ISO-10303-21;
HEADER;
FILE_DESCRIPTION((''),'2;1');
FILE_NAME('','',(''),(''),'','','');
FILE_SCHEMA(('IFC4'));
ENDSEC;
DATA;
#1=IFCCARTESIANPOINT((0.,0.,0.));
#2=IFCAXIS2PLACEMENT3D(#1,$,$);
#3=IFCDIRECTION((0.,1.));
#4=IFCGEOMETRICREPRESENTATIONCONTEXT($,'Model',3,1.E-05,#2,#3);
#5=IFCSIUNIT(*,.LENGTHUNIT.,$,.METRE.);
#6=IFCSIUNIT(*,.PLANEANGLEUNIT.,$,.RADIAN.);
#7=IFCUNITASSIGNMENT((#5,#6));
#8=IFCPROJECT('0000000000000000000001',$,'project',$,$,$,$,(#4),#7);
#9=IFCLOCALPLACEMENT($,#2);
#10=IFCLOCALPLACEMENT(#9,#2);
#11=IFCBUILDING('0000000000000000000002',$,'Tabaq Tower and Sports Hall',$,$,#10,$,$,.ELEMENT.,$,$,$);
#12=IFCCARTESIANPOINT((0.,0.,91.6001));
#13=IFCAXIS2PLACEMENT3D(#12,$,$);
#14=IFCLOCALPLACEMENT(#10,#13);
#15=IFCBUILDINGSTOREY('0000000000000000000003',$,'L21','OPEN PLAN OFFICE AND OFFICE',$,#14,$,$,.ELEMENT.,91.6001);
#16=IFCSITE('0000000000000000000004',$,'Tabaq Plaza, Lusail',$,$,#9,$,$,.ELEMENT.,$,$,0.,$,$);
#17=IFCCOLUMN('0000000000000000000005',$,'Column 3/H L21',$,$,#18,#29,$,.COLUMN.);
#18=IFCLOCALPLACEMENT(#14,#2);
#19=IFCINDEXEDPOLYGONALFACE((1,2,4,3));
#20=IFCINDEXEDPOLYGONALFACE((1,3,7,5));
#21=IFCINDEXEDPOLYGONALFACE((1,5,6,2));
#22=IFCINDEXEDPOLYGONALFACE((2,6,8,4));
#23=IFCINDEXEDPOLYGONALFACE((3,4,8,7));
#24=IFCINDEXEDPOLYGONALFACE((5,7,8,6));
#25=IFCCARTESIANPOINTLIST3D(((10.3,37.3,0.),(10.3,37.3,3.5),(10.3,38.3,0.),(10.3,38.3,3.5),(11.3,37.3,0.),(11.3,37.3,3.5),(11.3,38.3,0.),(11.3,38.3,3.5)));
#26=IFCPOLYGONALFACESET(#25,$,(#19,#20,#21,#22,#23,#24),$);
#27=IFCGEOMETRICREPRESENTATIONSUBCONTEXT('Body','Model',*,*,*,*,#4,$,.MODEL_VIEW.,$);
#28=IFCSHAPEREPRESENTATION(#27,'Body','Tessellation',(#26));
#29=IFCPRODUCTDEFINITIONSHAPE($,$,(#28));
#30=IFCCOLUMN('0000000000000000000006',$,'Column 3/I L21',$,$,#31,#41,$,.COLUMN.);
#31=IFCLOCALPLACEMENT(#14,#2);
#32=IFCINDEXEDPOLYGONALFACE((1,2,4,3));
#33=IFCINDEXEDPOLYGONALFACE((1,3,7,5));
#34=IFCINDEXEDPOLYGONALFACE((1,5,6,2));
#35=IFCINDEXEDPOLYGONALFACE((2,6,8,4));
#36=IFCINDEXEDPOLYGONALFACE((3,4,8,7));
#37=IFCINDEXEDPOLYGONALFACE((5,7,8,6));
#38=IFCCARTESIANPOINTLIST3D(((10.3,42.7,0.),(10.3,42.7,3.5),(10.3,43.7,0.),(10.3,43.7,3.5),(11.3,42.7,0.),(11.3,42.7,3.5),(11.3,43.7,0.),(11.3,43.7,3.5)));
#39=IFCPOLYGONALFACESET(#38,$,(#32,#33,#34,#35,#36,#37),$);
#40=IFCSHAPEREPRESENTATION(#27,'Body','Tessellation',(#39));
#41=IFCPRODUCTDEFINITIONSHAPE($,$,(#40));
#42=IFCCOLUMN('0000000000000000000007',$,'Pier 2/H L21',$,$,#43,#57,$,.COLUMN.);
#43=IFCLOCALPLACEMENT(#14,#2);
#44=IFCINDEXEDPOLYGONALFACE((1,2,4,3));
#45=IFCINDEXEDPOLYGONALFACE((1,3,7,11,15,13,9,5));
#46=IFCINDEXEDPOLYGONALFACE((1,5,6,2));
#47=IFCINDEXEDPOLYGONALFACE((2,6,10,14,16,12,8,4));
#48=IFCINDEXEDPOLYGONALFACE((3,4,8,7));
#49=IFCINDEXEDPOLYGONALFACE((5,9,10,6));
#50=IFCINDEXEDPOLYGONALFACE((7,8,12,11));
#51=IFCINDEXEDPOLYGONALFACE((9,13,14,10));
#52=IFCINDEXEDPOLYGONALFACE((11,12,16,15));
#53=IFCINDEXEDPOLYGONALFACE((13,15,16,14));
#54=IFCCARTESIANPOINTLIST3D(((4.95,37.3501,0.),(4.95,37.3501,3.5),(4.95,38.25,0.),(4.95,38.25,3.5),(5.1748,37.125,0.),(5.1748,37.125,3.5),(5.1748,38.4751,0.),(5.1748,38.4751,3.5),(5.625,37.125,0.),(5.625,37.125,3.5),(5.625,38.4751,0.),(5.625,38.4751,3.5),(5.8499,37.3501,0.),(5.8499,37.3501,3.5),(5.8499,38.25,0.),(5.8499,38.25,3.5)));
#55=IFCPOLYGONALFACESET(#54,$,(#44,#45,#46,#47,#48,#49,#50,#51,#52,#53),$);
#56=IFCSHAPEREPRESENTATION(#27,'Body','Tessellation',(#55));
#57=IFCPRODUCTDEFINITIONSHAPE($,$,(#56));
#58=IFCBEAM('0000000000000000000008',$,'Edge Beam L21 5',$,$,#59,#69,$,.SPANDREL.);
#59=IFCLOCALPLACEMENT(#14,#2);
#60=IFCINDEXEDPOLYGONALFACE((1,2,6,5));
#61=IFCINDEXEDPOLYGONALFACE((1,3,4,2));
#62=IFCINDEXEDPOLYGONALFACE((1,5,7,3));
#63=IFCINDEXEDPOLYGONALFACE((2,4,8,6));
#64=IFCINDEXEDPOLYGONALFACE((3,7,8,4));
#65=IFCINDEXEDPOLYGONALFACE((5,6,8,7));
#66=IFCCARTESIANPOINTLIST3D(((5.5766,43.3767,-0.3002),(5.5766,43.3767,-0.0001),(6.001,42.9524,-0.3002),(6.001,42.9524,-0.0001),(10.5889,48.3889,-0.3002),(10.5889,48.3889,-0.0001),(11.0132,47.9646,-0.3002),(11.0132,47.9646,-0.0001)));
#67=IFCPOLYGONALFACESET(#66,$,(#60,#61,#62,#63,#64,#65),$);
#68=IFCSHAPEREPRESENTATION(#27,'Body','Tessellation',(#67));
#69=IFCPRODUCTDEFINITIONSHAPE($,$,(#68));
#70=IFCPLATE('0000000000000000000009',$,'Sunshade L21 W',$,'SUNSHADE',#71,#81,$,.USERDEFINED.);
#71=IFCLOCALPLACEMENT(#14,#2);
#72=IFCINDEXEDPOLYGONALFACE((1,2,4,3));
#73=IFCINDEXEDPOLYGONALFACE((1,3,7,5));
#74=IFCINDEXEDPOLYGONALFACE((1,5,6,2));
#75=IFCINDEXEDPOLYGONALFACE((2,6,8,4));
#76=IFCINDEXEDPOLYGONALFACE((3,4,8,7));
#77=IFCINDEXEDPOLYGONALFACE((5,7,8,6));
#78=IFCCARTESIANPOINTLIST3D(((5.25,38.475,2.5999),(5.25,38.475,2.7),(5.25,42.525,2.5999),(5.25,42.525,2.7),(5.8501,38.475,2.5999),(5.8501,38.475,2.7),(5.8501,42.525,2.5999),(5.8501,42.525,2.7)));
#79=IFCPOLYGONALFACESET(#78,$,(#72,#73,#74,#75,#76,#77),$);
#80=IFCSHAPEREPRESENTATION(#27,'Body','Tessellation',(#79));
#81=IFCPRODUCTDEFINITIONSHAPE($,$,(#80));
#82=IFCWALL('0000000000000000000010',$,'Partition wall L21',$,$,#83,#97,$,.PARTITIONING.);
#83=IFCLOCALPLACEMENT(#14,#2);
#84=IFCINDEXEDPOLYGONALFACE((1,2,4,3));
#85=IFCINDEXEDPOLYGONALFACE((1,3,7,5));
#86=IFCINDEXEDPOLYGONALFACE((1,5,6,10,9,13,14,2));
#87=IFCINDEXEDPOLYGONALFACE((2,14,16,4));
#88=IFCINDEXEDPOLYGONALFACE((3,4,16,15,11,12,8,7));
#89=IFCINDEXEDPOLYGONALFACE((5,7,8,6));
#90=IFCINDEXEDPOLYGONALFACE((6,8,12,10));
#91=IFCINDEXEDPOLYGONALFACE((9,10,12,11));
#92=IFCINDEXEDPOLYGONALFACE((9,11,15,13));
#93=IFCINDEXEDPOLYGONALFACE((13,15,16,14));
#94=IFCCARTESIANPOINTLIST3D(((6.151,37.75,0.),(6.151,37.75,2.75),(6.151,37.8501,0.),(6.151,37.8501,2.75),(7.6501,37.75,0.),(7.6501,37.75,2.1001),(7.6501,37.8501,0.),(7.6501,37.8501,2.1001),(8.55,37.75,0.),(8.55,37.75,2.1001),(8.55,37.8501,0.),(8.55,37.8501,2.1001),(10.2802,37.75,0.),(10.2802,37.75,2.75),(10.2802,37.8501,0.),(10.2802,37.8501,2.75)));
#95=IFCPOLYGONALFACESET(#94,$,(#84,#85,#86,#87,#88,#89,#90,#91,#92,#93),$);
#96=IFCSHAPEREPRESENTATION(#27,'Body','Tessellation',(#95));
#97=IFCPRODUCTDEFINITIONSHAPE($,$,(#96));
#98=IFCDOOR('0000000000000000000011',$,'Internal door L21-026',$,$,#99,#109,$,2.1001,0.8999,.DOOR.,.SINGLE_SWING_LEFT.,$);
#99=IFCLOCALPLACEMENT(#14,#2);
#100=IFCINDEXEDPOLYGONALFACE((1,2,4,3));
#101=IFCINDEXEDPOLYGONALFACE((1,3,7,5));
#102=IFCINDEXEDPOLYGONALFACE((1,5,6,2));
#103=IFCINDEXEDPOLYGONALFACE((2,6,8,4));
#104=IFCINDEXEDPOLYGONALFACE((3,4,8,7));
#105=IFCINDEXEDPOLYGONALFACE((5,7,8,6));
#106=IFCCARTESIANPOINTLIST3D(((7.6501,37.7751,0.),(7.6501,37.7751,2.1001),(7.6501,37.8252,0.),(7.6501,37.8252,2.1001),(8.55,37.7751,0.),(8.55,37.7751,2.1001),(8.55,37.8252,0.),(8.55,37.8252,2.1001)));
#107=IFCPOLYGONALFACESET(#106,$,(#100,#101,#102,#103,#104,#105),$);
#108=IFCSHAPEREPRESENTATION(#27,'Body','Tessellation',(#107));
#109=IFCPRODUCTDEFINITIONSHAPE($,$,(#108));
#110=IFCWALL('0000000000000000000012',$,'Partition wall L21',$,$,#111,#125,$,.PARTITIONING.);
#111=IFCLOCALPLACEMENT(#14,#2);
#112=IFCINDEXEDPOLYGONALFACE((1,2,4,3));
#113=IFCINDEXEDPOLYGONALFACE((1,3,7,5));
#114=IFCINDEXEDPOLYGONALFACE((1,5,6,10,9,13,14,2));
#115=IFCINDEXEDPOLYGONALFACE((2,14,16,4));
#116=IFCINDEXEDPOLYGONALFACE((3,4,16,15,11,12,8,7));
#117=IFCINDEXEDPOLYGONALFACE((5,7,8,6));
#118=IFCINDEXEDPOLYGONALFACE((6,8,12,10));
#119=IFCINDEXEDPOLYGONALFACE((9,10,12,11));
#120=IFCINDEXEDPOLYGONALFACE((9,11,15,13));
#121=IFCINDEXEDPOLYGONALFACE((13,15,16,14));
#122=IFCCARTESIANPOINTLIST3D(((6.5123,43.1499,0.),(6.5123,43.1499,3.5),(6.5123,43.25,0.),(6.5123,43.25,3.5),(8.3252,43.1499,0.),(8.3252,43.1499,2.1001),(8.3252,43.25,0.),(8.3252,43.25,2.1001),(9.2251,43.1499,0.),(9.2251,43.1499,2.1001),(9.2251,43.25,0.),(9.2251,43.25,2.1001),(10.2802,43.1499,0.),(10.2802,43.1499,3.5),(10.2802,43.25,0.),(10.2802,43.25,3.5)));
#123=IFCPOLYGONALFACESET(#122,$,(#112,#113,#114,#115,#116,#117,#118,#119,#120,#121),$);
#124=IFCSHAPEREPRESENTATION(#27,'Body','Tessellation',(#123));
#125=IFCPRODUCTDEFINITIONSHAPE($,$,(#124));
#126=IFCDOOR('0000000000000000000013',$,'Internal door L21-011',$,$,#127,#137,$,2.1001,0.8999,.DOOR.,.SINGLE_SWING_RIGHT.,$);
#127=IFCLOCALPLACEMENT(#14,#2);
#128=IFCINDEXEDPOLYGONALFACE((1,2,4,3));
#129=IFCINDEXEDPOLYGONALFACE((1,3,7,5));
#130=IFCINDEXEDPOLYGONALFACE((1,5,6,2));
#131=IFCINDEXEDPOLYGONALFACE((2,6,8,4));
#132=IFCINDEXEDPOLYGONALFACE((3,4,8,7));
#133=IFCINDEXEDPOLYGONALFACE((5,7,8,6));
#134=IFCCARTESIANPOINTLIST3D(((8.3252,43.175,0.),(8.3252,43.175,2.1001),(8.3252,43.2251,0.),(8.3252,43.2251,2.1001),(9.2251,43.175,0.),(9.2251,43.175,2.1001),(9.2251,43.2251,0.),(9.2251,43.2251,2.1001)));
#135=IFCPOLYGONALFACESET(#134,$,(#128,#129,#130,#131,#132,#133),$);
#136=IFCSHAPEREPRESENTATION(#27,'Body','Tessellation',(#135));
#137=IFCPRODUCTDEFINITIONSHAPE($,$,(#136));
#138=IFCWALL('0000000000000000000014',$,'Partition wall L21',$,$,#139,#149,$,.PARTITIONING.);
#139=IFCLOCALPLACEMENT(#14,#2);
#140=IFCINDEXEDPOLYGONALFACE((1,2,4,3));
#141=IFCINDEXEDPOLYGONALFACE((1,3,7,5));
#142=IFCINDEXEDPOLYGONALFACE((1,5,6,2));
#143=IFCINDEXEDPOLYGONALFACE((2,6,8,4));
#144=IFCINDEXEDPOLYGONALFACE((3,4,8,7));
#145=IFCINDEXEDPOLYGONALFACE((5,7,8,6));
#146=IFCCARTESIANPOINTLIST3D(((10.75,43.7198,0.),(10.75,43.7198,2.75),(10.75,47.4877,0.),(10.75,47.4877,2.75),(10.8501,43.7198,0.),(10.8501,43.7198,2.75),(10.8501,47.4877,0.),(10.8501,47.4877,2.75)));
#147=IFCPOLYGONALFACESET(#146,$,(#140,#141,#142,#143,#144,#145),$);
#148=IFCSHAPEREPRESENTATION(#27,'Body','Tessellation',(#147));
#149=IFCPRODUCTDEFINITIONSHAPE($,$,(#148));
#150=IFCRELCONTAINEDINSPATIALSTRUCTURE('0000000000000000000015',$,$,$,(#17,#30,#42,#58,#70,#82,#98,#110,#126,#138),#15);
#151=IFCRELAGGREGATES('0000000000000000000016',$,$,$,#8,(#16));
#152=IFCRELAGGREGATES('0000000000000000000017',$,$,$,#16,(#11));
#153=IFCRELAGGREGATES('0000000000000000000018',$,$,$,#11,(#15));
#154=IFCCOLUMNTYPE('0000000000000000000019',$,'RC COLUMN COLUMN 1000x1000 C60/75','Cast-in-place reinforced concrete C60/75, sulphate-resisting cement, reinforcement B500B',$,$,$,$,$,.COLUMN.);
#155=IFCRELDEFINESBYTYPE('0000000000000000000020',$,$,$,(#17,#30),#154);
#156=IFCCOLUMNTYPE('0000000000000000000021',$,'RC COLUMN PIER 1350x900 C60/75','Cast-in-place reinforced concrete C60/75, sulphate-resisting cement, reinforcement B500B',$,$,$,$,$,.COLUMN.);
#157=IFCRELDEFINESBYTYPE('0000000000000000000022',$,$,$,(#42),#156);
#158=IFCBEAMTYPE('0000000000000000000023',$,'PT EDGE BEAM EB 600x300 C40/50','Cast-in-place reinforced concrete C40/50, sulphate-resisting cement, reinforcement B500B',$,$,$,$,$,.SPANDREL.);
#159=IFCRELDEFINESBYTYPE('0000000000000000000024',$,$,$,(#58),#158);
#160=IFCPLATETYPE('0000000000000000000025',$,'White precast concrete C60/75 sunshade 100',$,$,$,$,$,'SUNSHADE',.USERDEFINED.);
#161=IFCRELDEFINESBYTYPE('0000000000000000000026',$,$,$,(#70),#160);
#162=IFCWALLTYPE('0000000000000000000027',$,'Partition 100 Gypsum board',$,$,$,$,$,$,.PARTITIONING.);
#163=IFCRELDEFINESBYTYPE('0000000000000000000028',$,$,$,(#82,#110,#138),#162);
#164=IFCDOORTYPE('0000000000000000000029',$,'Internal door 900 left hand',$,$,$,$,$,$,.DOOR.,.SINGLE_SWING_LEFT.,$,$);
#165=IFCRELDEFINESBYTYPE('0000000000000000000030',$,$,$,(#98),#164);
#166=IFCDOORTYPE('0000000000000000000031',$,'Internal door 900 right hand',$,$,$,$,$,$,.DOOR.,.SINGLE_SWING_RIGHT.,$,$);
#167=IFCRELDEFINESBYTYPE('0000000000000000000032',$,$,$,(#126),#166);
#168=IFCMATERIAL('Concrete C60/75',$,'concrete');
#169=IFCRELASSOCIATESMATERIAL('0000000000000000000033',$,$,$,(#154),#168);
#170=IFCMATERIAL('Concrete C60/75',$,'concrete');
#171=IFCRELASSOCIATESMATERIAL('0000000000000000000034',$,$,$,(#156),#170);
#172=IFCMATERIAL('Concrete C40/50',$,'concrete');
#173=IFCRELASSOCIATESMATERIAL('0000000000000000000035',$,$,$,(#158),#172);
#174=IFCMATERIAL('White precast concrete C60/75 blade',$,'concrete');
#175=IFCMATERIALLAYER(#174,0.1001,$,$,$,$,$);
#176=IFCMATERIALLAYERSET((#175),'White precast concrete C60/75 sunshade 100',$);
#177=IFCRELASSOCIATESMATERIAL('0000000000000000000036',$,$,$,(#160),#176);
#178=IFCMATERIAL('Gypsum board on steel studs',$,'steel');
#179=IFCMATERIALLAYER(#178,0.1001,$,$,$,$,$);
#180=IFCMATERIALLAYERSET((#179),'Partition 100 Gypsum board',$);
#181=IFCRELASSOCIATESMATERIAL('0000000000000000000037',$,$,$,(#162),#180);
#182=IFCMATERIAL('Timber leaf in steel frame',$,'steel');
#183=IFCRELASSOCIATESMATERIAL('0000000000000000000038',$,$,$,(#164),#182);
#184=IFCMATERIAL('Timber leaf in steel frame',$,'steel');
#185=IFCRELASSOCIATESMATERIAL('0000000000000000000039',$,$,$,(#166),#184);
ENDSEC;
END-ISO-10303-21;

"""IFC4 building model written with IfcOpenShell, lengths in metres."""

from ifc_helpers import new_model, si_unit, direction, frame, frame_2d, origin, origin_2d, place, context, subcontext, project, spatial, polyline, rectangle, outline, extrude, material, layer, layer_set, material_profile, profile_set, type_object, element, fill, save


model = new_model("IFC4")

# Units and contexts
model_context = context("Model", 3, precision=1e-05, world=origin(), true_north=direction((0.0, 1.0)))
body_context = subcontext(model_context, "Body", "Model", "MODEL_VIEW")
ifc_project = project(units=[si_unit("LENGTHUNIT", "METRE"), si_unit("PLANEANGLEUNIT", "RADIAN")], contexts=[model_context])

# Site, building, storey
site_placement = place(None, origin())
site = spatial("IfcSite", under=ifc_project, at=site_placement, Name="Tabaq Plaza, Lusail", CompositionType="ELEMENT", RefElevation=0.0)
building_placement = place(site_placement, origin())
building = spatial("IfcBuilding", under=site, at=building_placement, Name="Tabaq Tower and Sports Hall", CompositionType="ELEMENT")
storey_placement = place(building_placement, frame((0.0, 0.0, 91.6001)))
storey = spatial("IfcBuildingStorey", under=building, at=storey_placement, Name="L21", Description="OPEN PLAN OFFICE AND OFFICE", CompositionType="ELEMENT", Elevation=91.6001)

# Columns
ifc_material_1 = material(Name="Concrete C60/75", Category="concrete")
ifc_material_profile_1 = material_profile(ifc_material_1, rectangle(XDim=1.0, YDim=1.0, at=origin_2d()), Name="COLUMN 1000x1000")
ifc_profile_set_1 = profile_set([ifc_material_profile_1], Name="Concrete C60/75")
column_type_1 = type_object("IfcColumnType", Name="RC COLUMN COLUMN 1000x1000 C60/75", Description="Cast-in-place reinforced concrete C60/75, sulphate-resisting cement, reinforcement B500B", PredefinedType="COLUMN", material=ifc_profile_set_1)
for number, where, z_axis, x_axis, name in (
    (1, (10.8, 37.8, 0.0), (0.0, 0.0, 1.0), (1.0, 0.0, 0.0), "Column 3/H L21"),
    (2, (10.8, 43.2, 0.0), (0.0, 0.0, 1.0), (1.0, 0.0, 0.0), "Column 3/I L21"),
):
    element("IfcColumn", number, at=place(storey_placement, frame(where, z_axis=z_axis, x_axis=x_axis)), inside=storey, type_object=column_type_1, Name=name, PredefinedType="COLUMN", context=body_context, shape_type="SweptSolid", body=[
        extrude(rectangle(XDim=1.0, YDim=1.0, at=origin_2d()), origin(), (0.0, 0.0, 1.0), 3.5),
    ])
ifc_material_2 = material(Name="Concrete C60/75", Category="concrete")
ifc_material_profile_2 = material_profile(ifc_material_2, outline(polyline([(-0.45, -0.45), (0.45, -0.45), (0.675, -0.2251), (0.675, 0.2251), (0.45, 0.45), (-0.45, 0.45), (-0.675, 0.2251), (-0.675, -0.2251), (-0.45, -0.45)])), Name="PIER 1350x900")
ifc_profile_set_2 = profile_set([ifc_material_profile_2], Name="Concrete C60/75")
column_type_2 = type_object("IfcColumnType", Name="RC COLUMN PIER 1350x900 C60/75", Description="Cast-in-place reinforced concrete C60/75, sulphate-resisting cement, reinforcement B500B", PredefinedType="COLUMN", material=ifc_profile_set_2)
column_placement = place(storey_placement, frame((5.3999, 37.8, 0.0), z_axis=(0.0, 0.0, 1.0), x_axis=(0.0, 1.0, 0.0)))
element("IfcColumn", 3, at=column_placement, inside=storey, type_object=column_type_2, Name="Pier 2/H L21", PredefinedType="COLUMN", context=body_context, shape_type="SweptSolid", body=[
    extrude(outline(polyline([(-0.45, -0.45), (0.45, -0.45), (0.675, -0.2251), (0.675, 0.2251), (0.45, 0.45), (-0.45, 0.45), (-0.675, 0.2251), (-0.675, -0.2251), (-0.45, -0.45)])), origin(), (0.0, 0.0, 1.0), 3.5),
])

# Beam
ifc_material_3 = material(Name="Concrete C40/50", Category="concrete")
ifc_material_profile_3 = material_profile(ifc_material_3, rectangle(XDim=0.6001, YDim=0.3, at=origin_2d()), Name="EB 600x300")
ifc_profile_set_3 = profile_set([ifc_material_profile_3], Name="Concrete C40/50")
beam_type = type_object("IfcBeamType", Name="PT EDGE BEAM EB 600x300 C40/50", Description="Cast-in-place reinforced concrete C40/50, sulphate-resisting cement, reinforcement B500B", PredefinedType="SPANDREL", material=ifc_profile_set_3)
beam_placement = place(storey_placement, frame((10.801, 48.1768, -0.1501), z_axis=(-0.707107, -0.707107, 0.0), x_axis=(0.707107, -0.707107, 0.0)))
element("IfcBeam", 4, at=beam_placement, inside=storey, type_object=beam_type, Name="Edge Beam L21 5", PredefinedType="SPANDREL", context=body_context, shape_type="SweptSolid", body=[
    extrude(rectangle(XDim=0.6001, YDim=0.3, at=origin_2d()), origin(), (0.0, 0.0, 1.0), 7.0884),
])

# Plate
ifc_material_4 = material(Name="White precast concrete C60/75 blade", Category="concrete")
ifc_layer_1 = layer(ifc_material_4, 0.1001)
ifc_layer_set_1 = layer_set([ifc_layer_1], Name="White precast concrete C60/75 sunshade 100")
plate_type = type_object("IfcPlateType", Name="White precast concrete C60/75 sunshade 100", ElementType="SUNSHADE", PredefinedType="USERDEFINED", material=ifc_layer_set_1)
plate_placement = place(storey_placement, frame((5.55, 40.5, 2.5999), z_axis=(0.0, 0.0, 1.0), x_axis=(0.0, -1.0, 0.0)))
element("IfcPlate", 5, at=plate_placement, inside=storey, type_object=plate_type, Name="Sunshade L21 W", ObjectType="SUNSHADE", PredefinedType="USERDEFINED", context=body_context, shape_type="SweptSolid", body=[
    extrude(rectangle(XDim=4.05, YDim=0.6001, at=origin_2d()), origin(), (0.0, 0.0, 1.0), 0.1001),
])

# Walls, openings, doors
ifc_material_5 = material(Name="Gypsum board on steel studs", Category="steel")
ifc_layer_2 = layer(ifc_material_5, 0.1001)
ifc_layer_set_2 = layer_set([ifc_layer_2], Name="Partition 100 Gypsum board")
wall_type_1 = type_object("IfcWallType", Name="Partition 100 Gypsum board", PredefinedType="PARTITIONING", material=ifc_layer_set_2)
wall_1_placement = place(storey_placement, frame((10.28, 37.8, 0.0), z_axis=(0.0, 0.0, 1.0), x_axis=(-1.0, 0.0, 0.0)))
wall_1 = element("IfcWall", 6, at=wall_1_placement, inside=storey, type_object=wall_type_1, Name="Partition wall L21", PredefinedType="PARTITIONING", context=body_context, shape_type="SweptSolid", body=[
    extrude(rectangle(XDim=4.1292, YDim=0.1001, at=frame_2d((2.0645, 0.0))), origin(), (0.0, 0.0, 1.0), 2.75),
])
opening_1_placement = place(wall_1_placement, frame((1.73, 0.0, 0.0)))
opening_1 = element("IfcOpeningElement", 7, at=opening_1_placement, cuts=wall_1, PredefinedType="OPENING", context=body_context, shape_type="SweptSolid", body=[
    extrude(rectangle(XDim=0.8999, YDim=2.1001, at=frame_2d((0.45, 1.05))), frame((0.0, 0.05, 0.0), z_axis=(0.0, -1.0, 0.0), x_axis=(1.0, 0.0, 0.0)), (0.0, 0.0, 1.0), 0.1001),
])
ifc_material_6 = material(Name="Timber leaf in steel frame", Category="steel")
door_type_1 = type_object("IfcDoorType", Name="Internal door 900 left hand", OperationType="SINGLE_SWING_LEFT", PredefinedType="DOOR", material=ifc_material_6)
door_1_placement = place(opening_1_placement, origin())
door_1 = element("IfcDoor", 8, at=door_1_placement, inside=storey, type_object=door_type_1, Name="Internal door L21-026", OperationType="SINGLE_SWING_LEFT", OverallHeight=2.1001, OverallWidth=0.8999, PredefinedType="DOOR", context=body_context, shape_type="SweptSolid", body=[
    extrude(rectangle(XDim=0.8999, YDim=2.1001, at=frame_2d((0.45, 1.05))), frame((0.0, 0.0249, 0.0), z_axis=(0.0, -1.0, 0.0), x_axis=(1.0, 0.0, 0.0)), (0.0, 0.0, 1.0), 0.05),
])
fill(opening_1, door_1)
wall_2_placement = place(storey_placement, frame((10.28, 43.2, 0.0), z_axis=(0.0, 0.0, 1.0), x_axis=(-1.0, 0.0, 0.0)))
wall_2 = element("IfcWall", 9, at=wall_2_placement, inside=storey, type_object=wall_type_1, Name="Partition wall L21", PredefinedType="PARTITIONING", context=body_context, shape_type="SweptSolid", body=[
    extrude(rectangle(XDim=3.7678, YDim=0.1001, at=frame_2d((1.8838, 0.0))), origin(), (0.0, 0.0, 1.0), 3.5),
])
opening_2_placement = place(wall_2_placement, frame((1.0549, 0.0, 0.0)))
opening_2 = element("IfcOpeningElement", 10, at=opening_2_placement, cuts=wall_2, PredefinedType="OPENING", context=body_context, shape_type="SweptSolid", body=[
    extrude(rectangle(XDim=0.8999, YDim=2.1001, at=frame_2d((0.45, 1.05))), frame((0.0, 0.05, 0.0), z_axis=(0.0, -1.0, 0.0), x_axis=(1.0, 0.0, 0.0)), (0.0, 0.0, 1.0), 0.1001),
])
ifc_material_7 = material(Name="Timber leaf in steel frame", Category="steel")
door_type_2 = type_object("IfcDoorType", Name="Internal door 900 right hand", OperationType="SINGLE_SWING_RIGHT", PredefinedType="DOOR", material=ifc_material_7)
door_2_placement = place(opening_2_placement, origin())
door_2 = element("IfcDoor", 11, at=door_2_placement, inside=storey, type_object=door_type_2, Name="Internal door L21-011", OperationType="SINGLE_SWING_RIGHT", OverallHeight=2.1001, OverallWidth=0.8999, PredefinedType="DOOR", context=body_context, shape_type="SweptSolid", body=[
    extrude(rectangle(XDim=0.8999, YDim=2.1001, at=frame_2d((0.45, 1.05))), frame((0.0, 0.0249, 0.0), z_axis=(0.0, -1.0, 0.0), x_axis=(1.0, 0.0, 0.0)), (0.0, 0.0, 1.0), 0.05),
])
fill(opening_2, door_2)

# Wall
wall_3_placement = place(storey_placement, frame((10.8, 43.72, 0.0), z_axis=(0.0, 0.0, 1.0), x_axis=(0.0, 1.0, 0.0)))
element("IfcWall", 12, at=wall_3_placement, inside=storey, type_object=wall_type_1, Name="Partition wall L21", PredefinedType="PARTITIONING", context=body_context, shape_type="SweptSolid", body=[
    extrude(rectangle(XDim=3.7678, YDim=0.1001, at=frame_2d((1.8838, 0.0))), origin(), (0.0, 0.0, 1.0), 2.75),
])

save(model, "model.ifc")
